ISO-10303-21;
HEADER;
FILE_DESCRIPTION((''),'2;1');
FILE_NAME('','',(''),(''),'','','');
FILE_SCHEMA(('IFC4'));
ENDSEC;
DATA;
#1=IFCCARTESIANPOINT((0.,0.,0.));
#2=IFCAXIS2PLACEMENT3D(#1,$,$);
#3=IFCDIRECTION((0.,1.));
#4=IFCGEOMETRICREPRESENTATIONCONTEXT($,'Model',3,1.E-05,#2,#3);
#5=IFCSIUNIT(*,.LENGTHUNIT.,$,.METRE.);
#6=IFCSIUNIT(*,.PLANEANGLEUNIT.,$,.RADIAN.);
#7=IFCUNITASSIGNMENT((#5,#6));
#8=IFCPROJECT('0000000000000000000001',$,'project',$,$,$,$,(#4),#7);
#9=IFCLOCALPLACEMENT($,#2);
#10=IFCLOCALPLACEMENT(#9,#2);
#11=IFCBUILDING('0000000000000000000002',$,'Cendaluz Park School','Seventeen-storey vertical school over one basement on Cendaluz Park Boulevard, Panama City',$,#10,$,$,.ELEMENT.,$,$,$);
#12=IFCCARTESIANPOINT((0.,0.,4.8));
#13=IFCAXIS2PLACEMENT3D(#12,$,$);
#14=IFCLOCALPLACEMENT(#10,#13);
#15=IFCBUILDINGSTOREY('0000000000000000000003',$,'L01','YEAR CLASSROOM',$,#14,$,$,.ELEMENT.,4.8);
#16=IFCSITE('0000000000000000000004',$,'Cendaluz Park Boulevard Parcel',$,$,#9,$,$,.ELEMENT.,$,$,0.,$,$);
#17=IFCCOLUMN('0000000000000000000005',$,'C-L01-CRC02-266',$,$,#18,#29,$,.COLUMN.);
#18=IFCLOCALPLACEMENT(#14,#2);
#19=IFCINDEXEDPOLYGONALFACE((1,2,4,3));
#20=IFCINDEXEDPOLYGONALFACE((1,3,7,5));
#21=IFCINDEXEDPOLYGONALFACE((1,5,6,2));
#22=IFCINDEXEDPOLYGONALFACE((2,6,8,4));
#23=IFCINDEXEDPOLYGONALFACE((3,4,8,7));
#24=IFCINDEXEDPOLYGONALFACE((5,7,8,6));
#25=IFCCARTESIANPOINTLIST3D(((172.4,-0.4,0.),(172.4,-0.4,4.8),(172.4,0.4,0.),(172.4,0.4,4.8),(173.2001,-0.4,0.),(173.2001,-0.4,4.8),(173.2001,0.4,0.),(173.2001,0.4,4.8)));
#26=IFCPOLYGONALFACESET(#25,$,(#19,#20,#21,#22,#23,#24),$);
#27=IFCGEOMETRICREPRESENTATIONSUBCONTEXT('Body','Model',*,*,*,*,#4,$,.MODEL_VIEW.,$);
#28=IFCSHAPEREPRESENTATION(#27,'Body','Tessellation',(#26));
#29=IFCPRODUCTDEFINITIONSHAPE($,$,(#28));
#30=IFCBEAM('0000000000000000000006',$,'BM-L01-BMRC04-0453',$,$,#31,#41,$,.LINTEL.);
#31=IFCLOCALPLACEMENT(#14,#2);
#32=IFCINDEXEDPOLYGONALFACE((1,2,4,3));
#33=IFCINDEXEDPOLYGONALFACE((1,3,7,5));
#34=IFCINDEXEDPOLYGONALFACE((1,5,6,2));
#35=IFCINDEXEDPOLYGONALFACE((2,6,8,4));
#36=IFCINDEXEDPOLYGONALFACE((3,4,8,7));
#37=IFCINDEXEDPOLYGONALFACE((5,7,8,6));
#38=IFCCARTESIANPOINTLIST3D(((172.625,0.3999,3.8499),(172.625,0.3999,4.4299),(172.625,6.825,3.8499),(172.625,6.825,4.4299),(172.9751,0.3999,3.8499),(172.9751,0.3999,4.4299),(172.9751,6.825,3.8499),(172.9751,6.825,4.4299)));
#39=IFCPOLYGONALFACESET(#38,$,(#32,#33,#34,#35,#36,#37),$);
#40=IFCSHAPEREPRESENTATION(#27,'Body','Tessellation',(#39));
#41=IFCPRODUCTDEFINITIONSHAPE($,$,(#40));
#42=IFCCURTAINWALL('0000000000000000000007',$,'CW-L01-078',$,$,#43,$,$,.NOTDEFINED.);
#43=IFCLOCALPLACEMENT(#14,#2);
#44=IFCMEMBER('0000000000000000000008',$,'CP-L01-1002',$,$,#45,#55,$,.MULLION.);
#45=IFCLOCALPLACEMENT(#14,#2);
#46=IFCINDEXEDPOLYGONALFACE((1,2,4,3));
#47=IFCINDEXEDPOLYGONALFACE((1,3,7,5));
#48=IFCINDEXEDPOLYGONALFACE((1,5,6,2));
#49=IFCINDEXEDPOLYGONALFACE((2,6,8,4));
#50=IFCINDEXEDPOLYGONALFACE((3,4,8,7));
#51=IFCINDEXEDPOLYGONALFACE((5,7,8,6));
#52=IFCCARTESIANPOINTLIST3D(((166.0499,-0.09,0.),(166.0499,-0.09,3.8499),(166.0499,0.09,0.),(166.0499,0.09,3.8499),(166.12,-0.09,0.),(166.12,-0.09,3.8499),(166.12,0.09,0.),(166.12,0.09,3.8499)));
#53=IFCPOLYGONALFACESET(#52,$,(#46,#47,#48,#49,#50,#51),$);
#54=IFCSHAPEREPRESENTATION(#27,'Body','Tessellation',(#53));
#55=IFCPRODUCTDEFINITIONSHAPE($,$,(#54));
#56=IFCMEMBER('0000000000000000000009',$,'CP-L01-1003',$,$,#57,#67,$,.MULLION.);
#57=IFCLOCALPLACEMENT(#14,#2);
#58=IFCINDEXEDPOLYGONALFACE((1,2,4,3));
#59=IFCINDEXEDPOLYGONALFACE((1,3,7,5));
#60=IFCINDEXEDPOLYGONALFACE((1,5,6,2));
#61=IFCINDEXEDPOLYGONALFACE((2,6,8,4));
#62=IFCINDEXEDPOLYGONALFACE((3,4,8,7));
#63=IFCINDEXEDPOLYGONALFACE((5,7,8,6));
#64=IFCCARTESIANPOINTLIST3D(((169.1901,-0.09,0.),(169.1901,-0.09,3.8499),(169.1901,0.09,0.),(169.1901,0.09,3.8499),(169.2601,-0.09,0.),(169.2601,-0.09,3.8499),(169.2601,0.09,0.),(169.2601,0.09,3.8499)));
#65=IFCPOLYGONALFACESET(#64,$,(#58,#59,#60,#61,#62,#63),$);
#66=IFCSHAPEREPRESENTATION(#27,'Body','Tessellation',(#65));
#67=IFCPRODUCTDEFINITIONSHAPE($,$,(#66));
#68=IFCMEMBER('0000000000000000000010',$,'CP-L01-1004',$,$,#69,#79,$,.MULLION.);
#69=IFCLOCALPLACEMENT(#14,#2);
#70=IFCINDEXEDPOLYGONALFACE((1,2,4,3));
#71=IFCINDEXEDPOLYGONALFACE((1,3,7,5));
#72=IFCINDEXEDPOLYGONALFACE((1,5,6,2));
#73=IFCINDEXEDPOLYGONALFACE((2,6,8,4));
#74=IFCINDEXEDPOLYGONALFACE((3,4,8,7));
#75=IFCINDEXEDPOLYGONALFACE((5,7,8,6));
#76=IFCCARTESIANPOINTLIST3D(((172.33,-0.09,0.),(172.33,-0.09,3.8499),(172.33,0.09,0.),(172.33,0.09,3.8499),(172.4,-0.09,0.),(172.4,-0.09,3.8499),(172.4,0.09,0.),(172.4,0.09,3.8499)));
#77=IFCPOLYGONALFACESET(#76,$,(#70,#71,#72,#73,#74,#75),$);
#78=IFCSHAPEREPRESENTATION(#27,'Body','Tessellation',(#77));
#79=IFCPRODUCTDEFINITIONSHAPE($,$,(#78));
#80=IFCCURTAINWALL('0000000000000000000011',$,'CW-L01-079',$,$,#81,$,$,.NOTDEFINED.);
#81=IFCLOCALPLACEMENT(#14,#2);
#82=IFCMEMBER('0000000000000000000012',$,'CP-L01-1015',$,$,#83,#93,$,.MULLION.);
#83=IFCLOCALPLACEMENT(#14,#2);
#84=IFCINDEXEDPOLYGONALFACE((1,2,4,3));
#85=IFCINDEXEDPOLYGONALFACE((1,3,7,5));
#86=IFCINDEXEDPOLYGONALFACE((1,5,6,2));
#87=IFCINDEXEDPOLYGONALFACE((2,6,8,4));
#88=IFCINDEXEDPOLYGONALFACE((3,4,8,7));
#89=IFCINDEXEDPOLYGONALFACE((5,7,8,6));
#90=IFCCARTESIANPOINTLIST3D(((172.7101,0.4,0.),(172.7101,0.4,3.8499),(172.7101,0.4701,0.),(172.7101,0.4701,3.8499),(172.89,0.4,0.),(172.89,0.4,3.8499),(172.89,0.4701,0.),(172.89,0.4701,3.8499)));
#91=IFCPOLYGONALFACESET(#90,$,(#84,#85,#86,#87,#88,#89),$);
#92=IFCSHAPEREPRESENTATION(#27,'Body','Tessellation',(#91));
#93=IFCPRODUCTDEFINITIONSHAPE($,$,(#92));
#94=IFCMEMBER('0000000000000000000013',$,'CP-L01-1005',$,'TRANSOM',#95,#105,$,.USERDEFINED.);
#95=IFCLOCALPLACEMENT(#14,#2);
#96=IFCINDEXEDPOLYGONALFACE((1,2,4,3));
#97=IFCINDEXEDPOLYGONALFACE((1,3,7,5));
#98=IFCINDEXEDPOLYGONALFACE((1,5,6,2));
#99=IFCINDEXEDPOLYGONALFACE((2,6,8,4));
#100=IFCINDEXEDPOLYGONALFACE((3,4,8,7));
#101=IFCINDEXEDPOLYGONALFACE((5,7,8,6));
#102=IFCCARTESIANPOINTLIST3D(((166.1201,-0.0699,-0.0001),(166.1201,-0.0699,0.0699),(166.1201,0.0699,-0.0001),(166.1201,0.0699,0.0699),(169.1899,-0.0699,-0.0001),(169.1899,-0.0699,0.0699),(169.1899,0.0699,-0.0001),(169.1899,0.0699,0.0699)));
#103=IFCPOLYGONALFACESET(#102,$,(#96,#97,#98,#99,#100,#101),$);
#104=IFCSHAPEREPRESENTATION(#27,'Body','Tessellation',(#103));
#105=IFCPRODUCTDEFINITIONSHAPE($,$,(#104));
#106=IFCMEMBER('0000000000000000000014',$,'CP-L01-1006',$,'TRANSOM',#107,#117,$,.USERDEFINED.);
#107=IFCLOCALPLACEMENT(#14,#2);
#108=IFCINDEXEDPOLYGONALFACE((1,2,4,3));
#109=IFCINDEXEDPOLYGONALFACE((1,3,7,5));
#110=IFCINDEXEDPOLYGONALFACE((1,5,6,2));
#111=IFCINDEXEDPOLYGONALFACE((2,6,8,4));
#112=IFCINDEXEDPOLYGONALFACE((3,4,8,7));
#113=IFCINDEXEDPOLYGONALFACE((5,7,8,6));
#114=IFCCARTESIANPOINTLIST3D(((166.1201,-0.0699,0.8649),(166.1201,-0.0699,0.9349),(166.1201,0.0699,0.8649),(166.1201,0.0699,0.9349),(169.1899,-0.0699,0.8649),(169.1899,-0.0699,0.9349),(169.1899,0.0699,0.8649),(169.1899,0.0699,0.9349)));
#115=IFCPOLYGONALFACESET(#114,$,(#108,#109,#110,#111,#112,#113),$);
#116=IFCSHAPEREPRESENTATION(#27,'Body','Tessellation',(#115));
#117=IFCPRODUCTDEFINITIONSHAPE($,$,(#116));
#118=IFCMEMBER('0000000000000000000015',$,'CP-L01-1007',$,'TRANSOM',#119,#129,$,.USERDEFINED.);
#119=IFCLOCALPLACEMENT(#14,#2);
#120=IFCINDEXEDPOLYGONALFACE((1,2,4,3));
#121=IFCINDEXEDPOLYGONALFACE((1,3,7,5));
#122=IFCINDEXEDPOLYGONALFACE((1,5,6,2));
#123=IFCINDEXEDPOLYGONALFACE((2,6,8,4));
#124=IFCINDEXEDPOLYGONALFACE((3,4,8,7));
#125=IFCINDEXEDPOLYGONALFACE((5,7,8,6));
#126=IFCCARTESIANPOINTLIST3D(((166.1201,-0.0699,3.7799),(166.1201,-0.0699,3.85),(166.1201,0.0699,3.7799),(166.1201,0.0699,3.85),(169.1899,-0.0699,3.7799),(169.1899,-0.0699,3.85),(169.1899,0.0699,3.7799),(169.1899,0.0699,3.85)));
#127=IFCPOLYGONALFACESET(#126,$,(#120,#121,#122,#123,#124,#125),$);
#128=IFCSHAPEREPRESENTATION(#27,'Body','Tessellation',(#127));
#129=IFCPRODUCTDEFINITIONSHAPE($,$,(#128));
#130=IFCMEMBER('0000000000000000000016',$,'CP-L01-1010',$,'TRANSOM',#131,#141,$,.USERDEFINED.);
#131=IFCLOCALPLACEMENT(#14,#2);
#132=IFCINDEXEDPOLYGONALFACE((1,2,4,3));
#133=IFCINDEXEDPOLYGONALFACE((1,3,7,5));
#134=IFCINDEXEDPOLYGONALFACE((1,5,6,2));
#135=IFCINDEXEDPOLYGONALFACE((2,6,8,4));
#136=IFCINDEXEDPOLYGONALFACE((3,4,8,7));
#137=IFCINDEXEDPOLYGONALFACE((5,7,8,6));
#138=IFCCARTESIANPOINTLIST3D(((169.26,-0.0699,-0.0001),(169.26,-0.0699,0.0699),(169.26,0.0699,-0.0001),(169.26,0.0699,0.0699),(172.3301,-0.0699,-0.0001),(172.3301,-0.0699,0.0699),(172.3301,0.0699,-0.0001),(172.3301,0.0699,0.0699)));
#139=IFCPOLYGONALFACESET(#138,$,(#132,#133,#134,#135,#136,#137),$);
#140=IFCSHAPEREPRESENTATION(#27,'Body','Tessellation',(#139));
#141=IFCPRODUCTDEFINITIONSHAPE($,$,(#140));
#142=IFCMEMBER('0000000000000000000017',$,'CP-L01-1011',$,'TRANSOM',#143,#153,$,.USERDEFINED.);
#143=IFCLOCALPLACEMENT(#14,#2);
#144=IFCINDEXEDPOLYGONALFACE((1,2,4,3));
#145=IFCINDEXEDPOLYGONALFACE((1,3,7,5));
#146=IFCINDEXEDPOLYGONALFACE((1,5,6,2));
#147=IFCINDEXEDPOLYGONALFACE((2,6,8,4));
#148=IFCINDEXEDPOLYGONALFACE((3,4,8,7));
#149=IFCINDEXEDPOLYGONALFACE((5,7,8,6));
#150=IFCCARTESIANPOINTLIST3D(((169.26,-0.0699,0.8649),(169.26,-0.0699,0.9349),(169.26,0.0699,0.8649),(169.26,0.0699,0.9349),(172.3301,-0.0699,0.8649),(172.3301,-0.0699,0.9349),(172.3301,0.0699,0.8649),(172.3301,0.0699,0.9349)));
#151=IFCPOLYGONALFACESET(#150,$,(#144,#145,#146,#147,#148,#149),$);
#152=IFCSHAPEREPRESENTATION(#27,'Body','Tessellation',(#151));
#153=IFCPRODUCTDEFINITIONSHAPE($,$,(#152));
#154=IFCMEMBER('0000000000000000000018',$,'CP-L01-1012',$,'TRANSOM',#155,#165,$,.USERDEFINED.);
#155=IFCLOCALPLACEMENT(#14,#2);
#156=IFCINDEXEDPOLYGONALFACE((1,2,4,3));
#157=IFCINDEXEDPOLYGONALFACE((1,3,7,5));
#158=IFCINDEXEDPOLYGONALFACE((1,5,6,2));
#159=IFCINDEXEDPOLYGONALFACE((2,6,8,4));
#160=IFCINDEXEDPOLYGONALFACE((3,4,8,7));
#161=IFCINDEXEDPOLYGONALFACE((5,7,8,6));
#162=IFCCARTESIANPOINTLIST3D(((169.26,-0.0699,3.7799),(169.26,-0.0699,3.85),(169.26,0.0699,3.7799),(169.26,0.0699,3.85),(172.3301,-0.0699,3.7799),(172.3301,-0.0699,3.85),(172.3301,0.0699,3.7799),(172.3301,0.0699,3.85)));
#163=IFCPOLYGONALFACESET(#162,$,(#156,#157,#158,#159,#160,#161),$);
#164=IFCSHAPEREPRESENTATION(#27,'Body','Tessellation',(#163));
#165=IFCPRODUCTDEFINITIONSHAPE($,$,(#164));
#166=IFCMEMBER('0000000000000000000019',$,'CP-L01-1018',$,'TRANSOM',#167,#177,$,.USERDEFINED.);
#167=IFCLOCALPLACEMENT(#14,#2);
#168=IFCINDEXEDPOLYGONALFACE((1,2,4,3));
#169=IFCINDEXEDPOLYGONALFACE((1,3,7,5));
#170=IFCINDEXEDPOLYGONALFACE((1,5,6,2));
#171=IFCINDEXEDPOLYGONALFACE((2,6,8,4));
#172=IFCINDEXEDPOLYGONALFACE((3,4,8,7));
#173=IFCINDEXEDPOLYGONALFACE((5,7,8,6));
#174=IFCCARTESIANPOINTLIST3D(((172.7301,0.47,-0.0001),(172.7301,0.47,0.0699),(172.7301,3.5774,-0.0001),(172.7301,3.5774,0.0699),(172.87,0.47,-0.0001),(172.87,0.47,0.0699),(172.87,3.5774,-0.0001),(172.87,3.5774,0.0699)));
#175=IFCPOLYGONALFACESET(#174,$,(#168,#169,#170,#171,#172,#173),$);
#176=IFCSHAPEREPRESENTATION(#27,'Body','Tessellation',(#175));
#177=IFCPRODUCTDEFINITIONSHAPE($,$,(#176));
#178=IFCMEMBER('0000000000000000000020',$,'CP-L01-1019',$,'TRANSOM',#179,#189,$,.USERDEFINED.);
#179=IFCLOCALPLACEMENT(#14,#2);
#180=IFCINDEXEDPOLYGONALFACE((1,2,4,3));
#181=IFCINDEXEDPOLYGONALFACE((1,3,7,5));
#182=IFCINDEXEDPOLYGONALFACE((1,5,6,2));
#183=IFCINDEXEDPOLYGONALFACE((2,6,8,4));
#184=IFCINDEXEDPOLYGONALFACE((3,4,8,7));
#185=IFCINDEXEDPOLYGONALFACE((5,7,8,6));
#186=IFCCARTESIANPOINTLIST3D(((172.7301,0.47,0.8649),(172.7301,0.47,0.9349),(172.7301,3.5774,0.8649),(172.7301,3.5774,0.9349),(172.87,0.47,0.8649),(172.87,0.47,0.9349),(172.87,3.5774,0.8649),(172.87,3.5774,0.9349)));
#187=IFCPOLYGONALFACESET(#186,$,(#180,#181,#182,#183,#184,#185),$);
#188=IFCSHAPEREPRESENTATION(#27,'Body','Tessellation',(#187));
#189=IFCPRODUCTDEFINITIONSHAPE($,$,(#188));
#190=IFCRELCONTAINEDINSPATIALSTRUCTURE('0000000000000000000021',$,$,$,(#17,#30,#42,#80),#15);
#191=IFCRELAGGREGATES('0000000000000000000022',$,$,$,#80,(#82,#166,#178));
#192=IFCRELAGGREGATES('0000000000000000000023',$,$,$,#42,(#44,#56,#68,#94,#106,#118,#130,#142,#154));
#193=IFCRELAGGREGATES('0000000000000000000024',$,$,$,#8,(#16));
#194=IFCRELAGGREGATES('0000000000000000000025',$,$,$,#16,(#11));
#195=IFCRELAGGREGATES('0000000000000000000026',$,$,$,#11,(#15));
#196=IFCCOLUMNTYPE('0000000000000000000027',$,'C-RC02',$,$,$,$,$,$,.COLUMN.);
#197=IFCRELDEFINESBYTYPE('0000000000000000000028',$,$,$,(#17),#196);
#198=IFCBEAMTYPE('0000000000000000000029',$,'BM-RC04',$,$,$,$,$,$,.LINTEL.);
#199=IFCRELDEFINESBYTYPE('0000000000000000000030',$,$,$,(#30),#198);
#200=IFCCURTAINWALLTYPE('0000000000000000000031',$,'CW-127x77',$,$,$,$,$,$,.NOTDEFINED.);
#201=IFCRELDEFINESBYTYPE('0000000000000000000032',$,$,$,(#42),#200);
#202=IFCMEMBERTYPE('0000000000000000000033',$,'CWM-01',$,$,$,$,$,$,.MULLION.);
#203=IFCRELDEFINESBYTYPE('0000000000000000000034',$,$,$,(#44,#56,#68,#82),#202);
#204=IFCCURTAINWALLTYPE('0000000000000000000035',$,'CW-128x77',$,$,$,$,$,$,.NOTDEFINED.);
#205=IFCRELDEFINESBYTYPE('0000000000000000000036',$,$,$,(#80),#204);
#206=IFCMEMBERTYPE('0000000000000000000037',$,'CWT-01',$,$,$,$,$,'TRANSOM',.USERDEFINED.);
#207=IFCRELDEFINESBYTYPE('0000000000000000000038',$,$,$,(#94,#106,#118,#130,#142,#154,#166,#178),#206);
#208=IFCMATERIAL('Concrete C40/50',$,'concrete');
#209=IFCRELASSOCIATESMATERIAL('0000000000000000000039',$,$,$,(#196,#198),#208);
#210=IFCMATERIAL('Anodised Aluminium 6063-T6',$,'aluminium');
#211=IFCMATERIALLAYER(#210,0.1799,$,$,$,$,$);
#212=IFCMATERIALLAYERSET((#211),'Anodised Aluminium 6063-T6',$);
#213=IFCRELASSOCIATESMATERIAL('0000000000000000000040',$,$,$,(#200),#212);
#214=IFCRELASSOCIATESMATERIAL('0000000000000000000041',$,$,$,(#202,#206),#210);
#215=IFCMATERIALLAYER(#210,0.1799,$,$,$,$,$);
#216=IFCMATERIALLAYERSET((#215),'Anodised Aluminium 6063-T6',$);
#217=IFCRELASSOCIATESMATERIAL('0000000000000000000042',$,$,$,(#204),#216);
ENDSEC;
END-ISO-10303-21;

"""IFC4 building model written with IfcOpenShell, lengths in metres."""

from ifc_helpers import new_model, si_unit, direction, frame, origin, origin_2d, place, context, subcontext, project, spatial, rectangle, extrude, material, layer, layer_set, material_profile, profile_set, type_object, element, aggregate, save


model = new_model("IFC4")

# Units and contexts
model_context = context("Model", 3, precision=1e-05, world=origin(), true_north=direction((0.0, 1.0)))
body_context = subcontext(model_context, "Body", "Model", "MODEL_VIEW")
ifc_project = project(units=[si_unit("LENGTHUNIT", "METRE"), si_unit("PLANEANGLEUNIT", "RADIAN")], contexts=[model_context])

# Site, building, storey
site_placement = place(None, origin())
site = spatial("IfcSite", under=ifc_project, at=site_placement, Name="Cendaluz Park Boulevard Parcel", CompositionType="ELEMENT", RefElevation=0.0)
building_placement = place(site_placement, origin())
building = spatial("IfcBuilding", under=site, at=building_placement, Name="Cendaluz Park School", Description="Seventeen-storey vertical school over one basement on Cendaluz Park Boulevard, Panama City", CompositionType="ELEMENT")
storey_placement = place(building_placement, frame((0.0, 0.0, 4.8)))
storey = spatial("IfcBuildingStorey", under=building, at=storey_placement, Name="L01", Description="YEAR CLASSROOM", CompositionType="ELEMENT", Elevation=4.8)

# Column
ifc_material_1 = material(Name="Concrete C40/50", Category="concrete")
ifc_material_profile_1 = material_profile(ifc_material_1, rectangle(XDim=0.8, YDim=0.8, at=origin_2d()), Name="RC 800x800", Category="concrete")
ifc_profile_set_1 = profile_set([ifc_material_profile_1], Name="Concrete C40/50")
column_type = type_object("IfcColumnType", Name="C-RC02", PredefinedType="COLUMN", material=ifc_profile_set_1)
column_placement = place(storey_placement, frame((172.8, 0.0, 0.0), z_axis=(0.0, 0.0, 1.0), x_axis=(1.0, 0.0, 0.0)))
element("IfcColumn", 1, at=column_placement, inside=storey, type_object=column_type, Name="C-L01-CRC02-266", PredefinedType="COLUMN", context=body_context, shape_type="SweptSolid", body=[
    extrude(rectangle(XDim=0.8, YDim=0.8, at=origin_2d()), origin(), (0.0, 0.0, 1.0), 4.8),
])

# Beam
ifc_material_profile_2 = material_profile(ifc_material_1, rectangle(XDim=0.3501, YDim=0.5801, at=origin_2d()), Name="RC 350x580", Category="concrete")
ifc_profile_set_2 = profile_set([ifc_material_profile_2], Name="Concrete C40/50")
beam_type = type_object("IfcBeamType", Name="BM-RC04", PredefinedType="LINTEL", material=ifc_profile_set_2)
beam_placement = place(storey_placement, frame((172.8, 0.3999, 4.1399), z_axis=(0.0, 1.0, 0.0), x_axis=(-1.0, 0.0, 0.0)))
element("IfcBeam", 2, at=beam_placement, inside=storey, type_object=beam_type, Name="BM-L01-BMRC04-0453", PredefinedType="LINTEL", context=body_context, shape_type="SweptSolid", body=[
    extrude(rectangle(XDim=0.3501, YDim=0.5801, at=origin_2d()), origin(), (0.0, 0.0, 1.0), 6.425),
])

# Curtain wall, members
ifc_material_2 = material(Name="Anodised Aluminium 6063-T6", Category="aluminium")
ifc_layer_1 = layer(ifc_material_2, 0.1799)
ifc_layer_set_1 = layer_set([ifc_layer_1], Name="Anodised Aluminium 6063-T6")
curtain_wall_type_1 = type_object("IfcCurtainWallType", Name="CW-127x77", PredefinedType="NOTDEFINED", material=ifc_layer_set_1)
curtain_wall_1_placement = place(storey_placement, origin())
curtain_wall_1 = element("IfcCurtainWall", 3, at=curtain_wall_1_placement, inside=storey, type_object=curtain_wall_type_1, Name="CW-L01-078", PredefinedType="NOTDEFINED")
ifc_material_profile_3 = material_profile(ifc_material_2, rectangle(XDim=0.1799, YDim=0.0701, at=origin_2d()), Name="CWM 180x70", Category="aluminium")
ifc_profile_set_3 = profile_set([ifc_material_profile_3], Name="Anodised Aluminium 6063-T6")
member_type_1 = type_object("IfcMemberType", Name="CWM-01", PredefinedType="MULLION", material=ifc_profile_set_3)
member_1_placement = place(storey_placement, frame((166.085, 0.0, 0.0), z_axis=(0.0, 0.0, 1.0), x_axis=(0.0, 1.0, 0.0)))
member_1 = element("IfcMember", 4, at=member_1_placement, type_object=member_type_1, Name="CP-L01-1002", PredefinedType="MULLION", context=body_context, shape_type="SweptSolid", body=[
    extrude(rectangle(XDim=0.1799, YDim=0.0701, at=origin_2d()), origin(), (0.0, 0.0, 1.0), 3.8499),
])
member_2_placement = place(storey_placement, frame((169.2251, 0.0, 0.0), z_axis=(0.0, 0.0, 1.0), x_axis=(0.0, 1.0, 0.0)))
member_2 = element("IfcMember", 5, at=member_2_placement, type_object=member_type_1, Name="CP-L01-1003", PredefinedType="MULLION", context=body_context, shape_type="SweptSolid", body=[
    extrude(rectangle(XDim=0.1799, YDim=0.0701, at=origin_2d()), origin(), (0.0, 0.0, 1.0), 3.8499),
])
member_3_placement = place(storey_placement, frame((172.365, 0.0, 0.0), z_axis=(0.0, 0.0, 1.0), x_axis=(0.0, 1.0, 0.0)))
member_3 = element("IfcMember", 6, at=member_3_placement, type_object=member_type_1, Name="CP-L01-1004", PredefinedType="MULLION", context=body_context, shape_type="SweptSolid", body=[
    extrude(rectangle(XDim=0.1799, YDim=0.0701, at=origin_2d()), origin(), (0.0, 0.0, 1.0), 3.8499),
])

# Curtain wall, member
ifc_layer_2 = layer(ifc_material_2, 0.1799)
ifc_layer_set_2 = layer_set([ifc_layer_2], Name="Anodised Aluminium 6063-T6")
curtain_wall_type_2 = type_object("IfcCurtainWallType", Name="CW-128x77", PredefinedType="NOTDEFINED", material=ifc_layer_set_2)
curtain_wall_2_placement = place(storey_placement, origin())
curtain_wall_2 = element("IfcCurtainWall", 7, at=curtain_wall_2_placement, inside=storey, type_object=curtain_wall_type_2, Name="CW-L01-079", PredefinedType="NOTDEFINED")
member_4_placement = place(storey_placement, frame((172.8, 0.4351, 0.0), z_axis=(0.0, 0.0, 1.0), x_axis=(-1.0, 0.0, 0.0)))
member_4 = element("IfcMember", 8, at=member_4_placement, type_object=member_type_1, Name="CP-L01-1015", PredefinedType="MULLION", context=body_context, shape_type="SweptSolid", body=[
    extrude(rectangle(XDim=0.1799, YDim=0.0701, at=origin_2d()), origin(), (0.0, 0.0, 1.0), 3.8499),
])

# Members
ifc_material_profile_4 = material_profile(ifc_material_2, rectangle(XDim=0.1399, YDim=0.0701, at=origin_2d()), Name="CWT 140x70", Category="aluminium")
ifc_profile_set_4 = profile_set([ifc_material_profile_4], Name="Anodised Aluminium 6063-T6")
member_type_2 = type_object("IfcMemberType", Name="CWT-01", ElementType="TRANSOM", PredefinedType="USERDEFINED", material=ifc_profile_set_4)
member_5_placement = place(storey_placement, frame((166.1201, 0.0, 0.0349), z_axis=(1.0, 0.0, 0.0), x_axis=(0.0, 1.0, 0.0)))
member_5 = element("IfcMember", 9, at=member_5_placement, type_object=member_type_2, Name="CP-L01-1005", ObjectType="TRANSOM", PredefinedType="USERDEFINED", context=body_context, shape_type="SweptSolid", body=[
    extrude(rectangle(XDim=0.1399, YDim=0.0701, at=origin_2d()), origin(), (0.0, 0.0, 1.0), 3.0698),
])
member_6_placement = place(storey_placement, frame((166.1201, 0.0, 0.8999), z_axis=(1.0, 0.0, 0.0), x_axis=(0.0, 1.0, 0.0)))
member_6 = element("IfcMember", 10, at=member_6_placement, type_object=member_type_2, Name="CP-L01-1006", ObjectType="TRANSOM", PredefinedType="USERDEFINED", context=body_context, shape_type="SweptSolid", body=[
    extrude(rectangle(XDim=0.1399, YDim=0.0701, at=origin_2d()), origin(), (0.0, 0.0, 1.0), 3.0698),
])
member_7_placement = place(storey_placement, frame((166.1201, 0.0, 3.8149), z_axis=(1.0, 0.0, 0.0), x_axis=(0.0, 1.0, 0.0)))
member_7 = element("IfcMember", 11, at=member_7_placement, type_object=member_type_2, Name="CP-L01-1007", ObjectType="TRANSOM", PredefinedType="USERDEFINED", context=body_context, shape_type="SweptSolid", body=[
    extrude(rectangle(XDim=0.1399, YDim=0.0701, at=origin_2d()), origin(), (0.0, 0.0, 1.0), 3.0698),
])
member_8_placement = place(storey_placement, frame((169.26, 0.0, 0.0349), z_axis=(1.0, 0.0, 0.0), x_axis=(0.0, 1.0, 0.0)))
member_8 = element("IfcMember", 12, at=member_8_placement, type_object=member_type_2, Name="CP-L01-1010", ObjectType="TRANSOM", PredefinedType="USERDEFINED", context=body_context, shape_type="SweptSolid", body=[
    extrude(rectangle(XDim=0.1399, YDim=0.0701, at=origin_2d()), origin(), (0.0, 0.0, 1.0), 3.0701),
])
member_9_placement = place(storey_placement, frame((169.26, 0.0, 0.8999), z_axis=(1.0, 0.0, 0.0), x_axis=(0.0, 1.0, 0.0)))
member_9 = element("IfcMember", 13, at=member_9_placement, type_object=member_type_2, Name="CP-L01-1011", ObjectType="TRANSOM", PredefinedType="USERDEFINED", context=body_context, shape_type="SweptSolid", body=[
    extrude(rectangle(XDim=0.1399, YDim=0.0701, at=origin_2d()), origin(), (0.0, 0.0, 1.0), 3.0701),
])
member_10_placement = place(storey_placement, frame((169.26, 0.0, 3.8149), z_axis=(1.0, 0.0, 0.0), x_axis=(0.0, 1.0, 0.0)))
member_10 = element("IfcMember", 14, at=member_10_placement, type_object=member_type_2, Name="CP-L01-1012", ObjectType="TRANSOM", PredefinedType="USERDEFINED", context=body_context, shape_type="SweptSolid", body=[
    extrude(rectangle(XDim=0.1399, YDim=0.0701, at=origin_2d()), origin(), (0.0, 0.0, 1.0), 3.0701),
])
member_11_placement = place(storey_placement, frame((172.8, 0.47, 0.0349), z_axis=(0.0, 1.0, 0.0), x_axis=(-1.0, 0.0, 0.0)))
member_11 = element("IfcMember", 15, at=member_11_placement, type_object=member_type_2, Name="CP-L01-1018", ObjectType="TRANSOM", PredefinedType="USERDEFINED", context=body_context, shape_type="SweptSolid", body=[
    extrude(rectangle(XDim=0.1399, YDim=0.0701, at=origin_2d()), origin(), (0.0, 0.0, 1.0), 3.1074),
])
member_12_placement = place(storey_placement, frame((172.8, 0.47, 0.8999), z_axis=(0.0, 1.0, 0.0), x_axis=(-1.0, 0.0, 0.0)))
member_12 = element("IfcMember", 16, at=member_12_placement, type_object=member_type_2, Name="CP-L01-1019", ObjectType="TRANSOM", PredefinedType="USERDEFINED", context=body_context, shape_type="SweptSolid", body=[
    extrude(rectangle(XDim=0.1399, YDim=0.0701, at=origin_2d()), origin(), (0.0, 0.0, 1.0), 3.1074),
])
aggregate(curtain_wall_2, [member_4, member_11, member_12])

aggregate(curtain_wall_1, [member_1, member_2, member_3, member_5, member_6, member_7, member_8, member_9, member_10])

save(model, "model.ifc")
